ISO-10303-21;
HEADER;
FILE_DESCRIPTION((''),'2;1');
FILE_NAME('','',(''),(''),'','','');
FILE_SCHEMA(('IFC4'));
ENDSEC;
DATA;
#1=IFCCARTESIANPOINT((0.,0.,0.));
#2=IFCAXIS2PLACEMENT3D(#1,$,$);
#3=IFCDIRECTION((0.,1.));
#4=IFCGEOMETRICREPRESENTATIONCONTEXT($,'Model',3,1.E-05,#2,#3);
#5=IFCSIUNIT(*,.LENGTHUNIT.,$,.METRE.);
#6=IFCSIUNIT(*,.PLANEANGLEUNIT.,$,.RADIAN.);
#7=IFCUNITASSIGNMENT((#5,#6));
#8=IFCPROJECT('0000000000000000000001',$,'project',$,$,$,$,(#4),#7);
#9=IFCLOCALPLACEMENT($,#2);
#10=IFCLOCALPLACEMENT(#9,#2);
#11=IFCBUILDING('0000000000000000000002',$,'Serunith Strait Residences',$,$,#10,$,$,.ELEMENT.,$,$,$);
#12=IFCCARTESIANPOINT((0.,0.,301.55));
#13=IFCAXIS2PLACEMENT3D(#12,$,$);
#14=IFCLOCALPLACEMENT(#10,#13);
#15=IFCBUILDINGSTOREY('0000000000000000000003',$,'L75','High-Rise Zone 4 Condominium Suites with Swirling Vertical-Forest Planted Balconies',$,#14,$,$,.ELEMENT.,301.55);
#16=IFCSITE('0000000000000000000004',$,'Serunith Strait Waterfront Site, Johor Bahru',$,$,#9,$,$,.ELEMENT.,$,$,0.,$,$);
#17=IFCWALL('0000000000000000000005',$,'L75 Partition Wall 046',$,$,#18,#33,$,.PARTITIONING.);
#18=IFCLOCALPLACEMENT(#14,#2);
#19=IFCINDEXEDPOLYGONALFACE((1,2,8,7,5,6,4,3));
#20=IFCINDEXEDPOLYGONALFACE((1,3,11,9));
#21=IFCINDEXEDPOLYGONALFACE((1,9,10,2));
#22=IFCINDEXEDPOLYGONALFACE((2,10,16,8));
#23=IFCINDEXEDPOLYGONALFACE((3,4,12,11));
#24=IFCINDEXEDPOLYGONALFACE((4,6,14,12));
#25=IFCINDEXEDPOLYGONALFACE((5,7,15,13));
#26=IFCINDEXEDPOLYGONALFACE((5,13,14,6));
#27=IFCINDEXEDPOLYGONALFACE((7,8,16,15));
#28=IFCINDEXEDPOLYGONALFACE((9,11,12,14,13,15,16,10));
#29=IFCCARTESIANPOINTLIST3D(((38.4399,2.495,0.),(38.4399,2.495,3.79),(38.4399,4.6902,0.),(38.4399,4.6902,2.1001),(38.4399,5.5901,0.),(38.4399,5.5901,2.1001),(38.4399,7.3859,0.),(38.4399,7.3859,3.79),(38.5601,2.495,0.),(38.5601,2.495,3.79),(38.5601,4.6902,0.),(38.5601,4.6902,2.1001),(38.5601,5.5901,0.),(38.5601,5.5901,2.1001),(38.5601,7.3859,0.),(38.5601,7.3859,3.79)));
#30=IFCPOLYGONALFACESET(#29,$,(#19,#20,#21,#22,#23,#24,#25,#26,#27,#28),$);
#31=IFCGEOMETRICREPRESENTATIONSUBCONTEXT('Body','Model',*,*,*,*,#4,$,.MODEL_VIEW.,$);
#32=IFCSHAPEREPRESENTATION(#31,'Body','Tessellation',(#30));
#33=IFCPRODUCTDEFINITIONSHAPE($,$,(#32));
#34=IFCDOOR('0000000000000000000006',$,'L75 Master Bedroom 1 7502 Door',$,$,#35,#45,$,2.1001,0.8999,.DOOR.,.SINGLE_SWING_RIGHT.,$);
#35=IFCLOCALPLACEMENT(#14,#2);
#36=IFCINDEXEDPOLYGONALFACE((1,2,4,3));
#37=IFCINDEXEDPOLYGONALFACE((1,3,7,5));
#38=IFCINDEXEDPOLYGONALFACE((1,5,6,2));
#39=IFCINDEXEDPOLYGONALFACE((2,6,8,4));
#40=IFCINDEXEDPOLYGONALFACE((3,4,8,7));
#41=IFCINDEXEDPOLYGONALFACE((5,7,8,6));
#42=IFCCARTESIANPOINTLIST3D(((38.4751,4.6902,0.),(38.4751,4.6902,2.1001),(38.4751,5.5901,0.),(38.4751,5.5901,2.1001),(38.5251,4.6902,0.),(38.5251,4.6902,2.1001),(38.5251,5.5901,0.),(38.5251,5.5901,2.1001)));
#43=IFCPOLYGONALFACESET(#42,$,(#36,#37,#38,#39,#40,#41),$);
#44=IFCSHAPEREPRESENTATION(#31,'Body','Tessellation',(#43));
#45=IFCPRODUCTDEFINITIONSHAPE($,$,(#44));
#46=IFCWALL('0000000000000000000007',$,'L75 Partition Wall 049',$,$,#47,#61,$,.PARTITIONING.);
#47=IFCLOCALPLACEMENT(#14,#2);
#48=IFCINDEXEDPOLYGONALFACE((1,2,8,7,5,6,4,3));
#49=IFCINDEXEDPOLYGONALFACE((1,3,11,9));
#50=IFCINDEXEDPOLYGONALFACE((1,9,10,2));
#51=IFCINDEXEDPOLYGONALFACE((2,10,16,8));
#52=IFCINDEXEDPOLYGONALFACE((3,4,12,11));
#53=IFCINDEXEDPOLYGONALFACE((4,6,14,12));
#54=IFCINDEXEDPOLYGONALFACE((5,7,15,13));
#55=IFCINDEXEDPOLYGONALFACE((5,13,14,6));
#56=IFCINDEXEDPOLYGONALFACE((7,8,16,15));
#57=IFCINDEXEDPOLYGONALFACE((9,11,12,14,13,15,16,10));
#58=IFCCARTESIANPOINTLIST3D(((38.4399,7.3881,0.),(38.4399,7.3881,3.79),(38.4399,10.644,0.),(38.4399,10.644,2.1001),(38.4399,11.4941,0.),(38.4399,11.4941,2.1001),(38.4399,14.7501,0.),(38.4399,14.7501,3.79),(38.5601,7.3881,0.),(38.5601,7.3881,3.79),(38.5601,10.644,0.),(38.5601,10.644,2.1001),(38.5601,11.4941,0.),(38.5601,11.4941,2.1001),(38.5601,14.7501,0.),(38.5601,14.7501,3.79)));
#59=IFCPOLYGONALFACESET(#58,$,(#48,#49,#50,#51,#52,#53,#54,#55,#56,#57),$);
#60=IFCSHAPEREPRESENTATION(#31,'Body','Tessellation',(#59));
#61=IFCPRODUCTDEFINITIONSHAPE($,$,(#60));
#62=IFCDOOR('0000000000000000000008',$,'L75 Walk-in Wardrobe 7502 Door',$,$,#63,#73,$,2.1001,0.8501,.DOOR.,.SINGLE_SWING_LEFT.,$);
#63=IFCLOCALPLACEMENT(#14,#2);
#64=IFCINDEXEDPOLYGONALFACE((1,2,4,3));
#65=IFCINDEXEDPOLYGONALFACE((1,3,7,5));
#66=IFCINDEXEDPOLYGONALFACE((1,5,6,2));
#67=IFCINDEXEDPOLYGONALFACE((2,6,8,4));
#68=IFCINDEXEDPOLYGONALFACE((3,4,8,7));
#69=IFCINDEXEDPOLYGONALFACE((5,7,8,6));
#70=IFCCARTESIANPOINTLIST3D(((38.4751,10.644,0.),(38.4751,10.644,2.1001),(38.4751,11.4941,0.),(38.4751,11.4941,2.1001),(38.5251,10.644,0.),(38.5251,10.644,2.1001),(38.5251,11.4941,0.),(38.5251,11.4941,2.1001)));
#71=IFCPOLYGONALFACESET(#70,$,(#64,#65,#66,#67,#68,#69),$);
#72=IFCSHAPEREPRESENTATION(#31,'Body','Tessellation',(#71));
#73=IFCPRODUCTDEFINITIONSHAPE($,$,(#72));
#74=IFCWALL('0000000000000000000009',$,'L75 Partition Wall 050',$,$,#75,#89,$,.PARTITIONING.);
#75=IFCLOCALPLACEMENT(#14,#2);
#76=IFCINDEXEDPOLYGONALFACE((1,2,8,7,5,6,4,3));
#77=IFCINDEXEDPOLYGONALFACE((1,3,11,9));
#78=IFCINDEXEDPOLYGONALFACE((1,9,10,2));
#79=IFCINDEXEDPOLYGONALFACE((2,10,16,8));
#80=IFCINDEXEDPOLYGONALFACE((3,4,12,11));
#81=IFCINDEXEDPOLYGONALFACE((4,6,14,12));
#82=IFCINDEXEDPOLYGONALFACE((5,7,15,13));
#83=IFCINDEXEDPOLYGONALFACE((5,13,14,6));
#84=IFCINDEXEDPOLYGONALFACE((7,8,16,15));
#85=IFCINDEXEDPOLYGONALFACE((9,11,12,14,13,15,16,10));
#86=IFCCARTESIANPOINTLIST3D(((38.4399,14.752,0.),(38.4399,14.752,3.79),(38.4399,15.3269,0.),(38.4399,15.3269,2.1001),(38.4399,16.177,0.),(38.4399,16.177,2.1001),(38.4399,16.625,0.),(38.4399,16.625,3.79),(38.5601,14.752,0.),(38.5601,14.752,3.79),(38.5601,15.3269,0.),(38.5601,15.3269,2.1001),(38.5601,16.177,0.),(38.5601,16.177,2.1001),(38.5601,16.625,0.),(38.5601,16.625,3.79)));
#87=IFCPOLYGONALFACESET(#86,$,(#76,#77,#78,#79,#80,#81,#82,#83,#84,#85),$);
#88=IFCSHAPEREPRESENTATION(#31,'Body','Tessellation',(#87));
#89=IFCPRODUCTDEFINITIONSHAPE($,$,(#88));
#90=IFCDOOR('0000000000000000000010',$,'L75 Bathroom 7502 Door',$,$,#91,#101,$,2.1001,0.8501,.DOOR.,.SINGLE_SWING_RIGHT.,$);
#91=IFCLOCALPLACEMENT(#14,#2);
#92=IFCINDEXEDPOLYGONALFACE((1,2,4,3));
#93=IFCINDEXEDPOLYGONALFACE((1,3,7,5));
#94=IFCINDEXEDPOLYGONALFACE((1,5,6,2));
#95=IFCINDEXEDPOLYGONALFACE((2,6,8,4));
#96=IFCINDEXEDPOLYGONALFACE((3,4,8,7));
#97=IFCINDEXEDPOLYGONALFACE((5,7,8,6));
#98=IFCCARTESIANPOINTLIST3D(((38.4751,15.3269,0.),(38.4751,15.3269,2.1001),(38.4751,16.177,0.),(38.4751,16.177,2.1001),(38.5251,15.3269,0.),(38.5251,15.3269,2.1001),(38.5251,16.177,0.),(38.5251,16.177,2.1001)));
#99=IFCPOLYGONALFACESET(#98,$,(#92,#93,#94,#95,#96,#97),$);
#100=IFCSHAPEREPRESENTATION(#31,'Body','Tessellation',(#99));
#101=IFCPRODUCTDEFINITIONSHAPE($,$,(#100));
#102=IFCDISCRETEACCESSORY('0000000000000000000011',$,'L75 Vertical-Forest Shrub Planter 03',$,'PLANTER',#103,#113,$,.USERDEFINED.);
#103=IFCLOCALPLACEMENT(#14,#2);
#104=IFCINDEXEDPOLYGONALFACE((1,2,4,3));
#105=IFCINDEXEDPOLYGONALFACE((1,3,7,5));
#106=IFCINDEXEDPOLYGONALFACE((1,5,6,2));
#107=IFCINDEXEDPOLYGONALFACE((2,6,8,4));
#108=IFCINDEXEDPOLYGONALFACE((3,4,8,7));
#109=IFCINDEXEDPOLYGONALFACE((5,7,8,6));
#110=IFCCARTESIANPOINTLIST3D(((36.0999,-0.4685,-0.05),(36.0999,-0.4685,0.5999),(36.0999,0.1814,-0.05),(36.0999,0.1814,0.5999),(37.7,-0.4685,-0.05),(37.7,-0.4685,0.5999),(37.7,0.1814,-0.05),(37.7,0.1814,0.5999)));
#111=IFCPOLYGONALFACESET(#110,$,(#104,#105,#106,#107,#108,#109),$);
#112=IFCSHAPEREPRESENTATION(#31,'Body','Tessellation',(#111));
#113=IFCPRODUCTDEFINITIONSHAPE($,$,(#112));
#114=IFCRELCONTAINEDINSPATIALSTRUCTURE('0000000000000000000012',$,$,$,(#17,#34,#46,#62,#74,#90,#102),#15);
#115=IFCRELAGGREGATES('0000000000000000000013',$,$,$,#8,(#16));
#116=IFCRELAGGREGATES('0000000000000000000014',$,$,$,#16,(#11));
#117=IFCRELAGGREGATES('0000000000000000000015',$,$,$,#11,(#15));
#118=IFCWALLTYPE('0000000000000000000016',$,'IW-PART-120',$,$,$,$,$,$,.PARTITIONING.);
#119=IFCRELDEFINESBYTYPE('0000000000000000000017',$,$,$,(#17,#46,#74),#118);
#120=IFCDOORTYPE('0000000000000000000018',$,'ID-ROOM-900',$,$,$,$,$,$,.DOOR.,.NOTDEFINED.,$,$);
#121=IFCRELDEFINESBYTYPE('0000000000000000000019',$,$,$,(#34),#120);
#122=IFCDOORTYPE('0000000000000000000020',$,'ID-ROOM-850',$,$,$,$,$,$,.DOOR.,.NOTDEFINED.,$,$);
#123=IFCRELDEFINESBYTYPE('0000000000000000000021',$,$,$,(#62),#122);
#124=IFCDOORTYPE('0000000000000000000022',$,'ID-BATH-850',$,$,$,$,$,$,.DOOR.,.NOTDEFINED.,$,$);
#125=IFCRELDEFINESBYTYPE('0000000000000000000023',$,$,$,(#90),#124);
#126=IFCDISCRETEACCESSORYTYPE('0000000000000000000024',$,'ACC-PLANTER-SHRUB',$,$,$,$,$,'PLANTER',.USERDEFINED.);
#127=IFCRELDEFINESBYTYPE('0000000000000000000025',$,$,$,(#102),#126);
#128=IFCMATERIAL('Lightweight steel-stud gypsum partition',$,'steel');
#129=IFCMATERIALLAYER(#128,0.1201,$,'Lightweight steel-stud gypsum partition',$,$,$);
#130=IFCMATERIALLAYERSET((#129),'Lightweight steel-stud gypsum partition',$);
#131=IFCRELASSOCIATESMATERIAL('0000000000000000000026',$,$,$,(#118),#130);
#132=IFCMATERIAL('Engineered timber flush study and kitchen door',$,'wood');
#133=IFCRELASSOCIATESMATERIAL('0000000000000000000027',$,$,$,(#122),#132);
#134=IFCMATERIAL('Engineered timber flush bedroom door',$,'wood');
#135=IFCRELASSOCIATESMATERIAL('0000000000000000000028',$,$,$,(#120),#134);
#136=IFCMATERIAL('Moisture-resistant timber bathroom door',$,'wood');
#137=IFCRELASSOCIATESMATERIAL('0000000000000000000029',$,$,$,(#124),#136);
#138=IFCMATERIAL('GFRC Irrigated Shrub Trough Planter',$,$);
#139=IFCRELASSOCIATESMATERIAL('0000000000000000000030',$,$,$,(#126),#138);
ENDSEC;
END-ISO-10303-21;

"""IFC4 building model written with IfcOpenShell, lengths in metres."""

from ifc_helpers import new_model, si_unit, direction, frame, frame_2d, origin, origin_2d, place, context, subcontext, project, spatial, rectangle, extrude, source, transform, mapped, material, layer, layer_set, type_object, element, fill, save


model = new_model("IFC4")

# Units and contexts
model_context = context("Model", 3, precision=1e-05, world=origin(), true_north=direction((0.0, 1.0)))
body_context = subcontext(model_context, "Body", "Model", "MODEL_VIEW")
ifc_project = project(units=[si_unit("LENGTHUNIT", "METRE"), si_unit("PLANEANGLEUNIT", "RADIAN")], contexts=[model_context])

# Site, building, storey
site_placement = place(None, origin())
site = spatial("IfcSite", under=ifc_project, at=site_placement, Name="Serunith Strait Waterfront Site, Johor Bahru", CompositionType="ELEMENT", RefElevation=0.0)
building_placement = place(site_placement, origin())
building = spatial("IfcBuilding", under=site, at=building_placement, Name="Serunith Strait Residences", CompositionType="ELEMENT")
storey_placement = place(building_placement, frame((0.0, 0.0, 301.55)))
storey = spatial("IfcBuildingStorey", under=building, at=storey_placement, Name="L75", Description="High-Rise Zone 4 Condominium Suites with Swirling Vertical-Forest Planted Balconies", CompositionType="ELEMENT", Elevation=301.55)

# Shared definitions
ifc_material_1 = material(Name="Lightweight steel-stud gypsum partition", Category="steel")
ifc_layer_1 = layer(ifc_material_1, 0.1201, Name="Lightweight steel-stud gypsum partition")
ifc_layer_set_1 = layer_set([ifc_layer_1], Name="Lightweight steel-stud gypsum partition")
wall_type_1 = type_object("IfcWallType", Name="IW-PART-120", PredefinedType="PARTITIONING", material=ifc_layer_set_1)
ifc_material_2 = material(Name="Engineered timber flush study and kitchen door", Category="wood")
door_type_1 = type_object("IfcDoorType", Name="ID-ROOM-850", OperationType="NOTDEFINED", PredefinedType="DOOR", material=ifc_material_2)
shared_shape_1 = source(origin(), body_context, "Body", "SweptSolid", [
    extrude(rectangle(XDim=0.8501, YDim=2.1001, at=frame_2d((0.425, 1.05))), frame((0.0, 0.0249, 0.0), z_axis=(0.0, -1.0, 0.0), x_axis=(1.0, 0.0, 0.0)), (0.0, 0.0, 1.0), 0.05),
])

# Walls, openings, doors
wall_1_placement = place(storey_placement, frame((38.5, 2.4951, 0.0), z_axis=(0.0, 0.0, 1.0), x_axis=(0.0, 1.0, 0.0)))
wall_1 = element("IfcWall", 1, at=wall_1_placement, inside=storey, type_object=wall_type_1, Name="L75 Partition Wall 046", PredefinedType="PARTITIONING", context=body_context, shape_type="SweptSolid", body=[
    extrude(rectangle(XDim=4.8909, YDim=0.1201, at=frame_2d((2.4453, 0.0))), origin(), (0.0, 0.0, 1.0), 3.79),
])
opening_1_placement = place(wall_1_placement, frame((2.1951, 0.0, 0.0)))
opening_1 = element("IfcOpeningElement", 2, at=opening_1_placement, cuts=wall_1, PredefinedType="OPENING", context=body_context, shape_type="SweptSolid", body=[
    extrude(rectangle(XDim=0.8999, YDim=2.1001, at=frame_2d((0.45, 1.05))), frame((0.0, 0.0701, 0.0), z_axis=(0.0, -1.0, 0.0), x_axis=(1.0, 0.0, 0.0)), (0.0, 0.0, 1.0), 0.1401),
])
ifc_material_3 = material(Name="Engineered timber flush bedroom door", Category="wood")
door_type_2 = type_object("IfcDoorType", Name="ID-ROOM-900", OperationType="NOTDEFINED", PredefinedType="DOOR", material=ifc_material_3)
shared_shape_2 = source(origin(), body_context, "Body", "SweptSolid", [
    extrude(rectangle(XDim=0.8999, YDim=2.1001, at=frame_2d((0.45, 1.05))), frame((0.0, 0.0249, 0.0), z_axis=(0.0, -1.0, 0.0), x_axis=(1.0, 0.0, 0.0)), (0.0, 0.0, 1.0), 0.05),
])
door_1_placement = place(opening_1_placement, origin())
door_1 = element("IfcDoor", 3, at=door_1_placement, inside=storey, type_object=door_type_2, Name="L75 Master Bedroom 1 7502 Door", OperationType="SINGLE_SWING_RIGHT", OverallHeight=2.1001, OverallWidth=0.8999, PredefinedType="DOOR", context=body_context, shape_type="MappedRepresentation", body=[
    mapped(shared_shape_2, transform((0.0, 0.0, 0.0), scale=1.0)),
])
fill(opening_1, door_1)
wall_2_placement = place(storey_placement, frame((38.5, 7.3879, 0.0), z_axis=(0.0, 0.0, 1.0), x_axis=(0.0, 1.0, 0.0)))
wall_2 = element("IfcWall", 4, at=wall_2_placement, inside=storey, type_object=wall_type_1, Name="L75 Partition Wall 049", PredefinedType="PARTITIONING", context=body_context, shape_type="SweptSolid", body=[
    extrude(rectangle(XDim=7.3621, YDim=0.1201, at=frame_2d((3.6812, 0.0))), origin(), (0.0, 0.0, 1.0), 3.79),
])
opening_2_placement = place(wall_2_placement, frame((3.2561, 0.0, 0.0)))
opening_2 = element("IfcOpeningElement", 5, at=opening_2_placement, cuts=wall_2, PredefinedType="OPENING", context=body_context, shape_type="SweptSolid", body=[
    extrude(rectangle(XDim=0.8501, YDim=2.1001, at=frame_2d((0.425, 1.05))), frame((0.0, 0.0701, 0.0), z_axis=(0.0, -1.0, 0.0), x_axis=(1.0, 0.0, 0.0)), (0.0, 0.0, 1.0), 0.1401),
])
door_2_placement = place(opening_2_placement, origin())
door_2 = element("IfcDoor", 6, at=door_2_placement, inside=storey, type_object=door_type_1, Name="L75 Walk-in Wardrobe 7502 Door", OperationType="SINGLE_SWING_LEFT", OverallHeight=2.1001, OverallWidth=0.8501, PredefinedType="DOOR", context=body_context, shape_type="MappedRepresentation", body=[
    mapped(shared_shape_1, transform((0.0, 0.0, 0.0), scale=1.0)),
])
fill(opening_2, door_2)
wall_3_placement = place(storey_placement, frame((38.5, 14.752, 0.0), z_axis=(0.0, 0.0, 1.0), x_axis=(0.0, 1.0, 0.0)))
wall_3 = element("IfcWall", 7, at=wall_3_placement, inside=storey, type_object=wall_type_1, Name="L75 Partition Wall 050", PredefinedType="PARTITIONING", context=body_context, shape_type="SweptSolid", body=[
    extrude(rectangle(XDim=1.873, YDim=0.1201, at=frame_2d((0.9365, 0.0))), origin(), (0.0, 0.0, 1.0), 3.79),
])
opening_3_placement = place(wall_3_placement, frame((0.575, 0.0, 0.0)))
opening_3 = element("IfcOpeningElement", 8, at=opening_3_placement, cuts=wall_3, PredefinedType="OPENING", context=body_context, shape_type="SweptSolid", body=[
    extrude(rectangle(XDim=0.8501, YDim=2.1001, at=frame_2d((0.425, 1.05))), frame((0.0, 0.0701, 0.0), z_axis=(0.0, -1.0, 0.0), x_axis=(1.0, 0.0, 0.0)), (0.0, 0.0, 1.0), 0.1401),
])
ifc_material_4 = material(Name="Moisture-resistant timber bathroom door", Category="wood")
door_type_3 = type_object("IfcDoorType", Name="ID-BATH-850", OperationType="NOTDEFINED", PredefinedType="DOOR", material=ifc_material_4)
door_3_placement = place(opening_3_placement, origin())
door_3 = element("IfcDoor", 9, at=door_3_placement, inside=storey, type_object=door_type_3, Name="L75 Bathroom 7502 Door", OperationType="SINGLE_SWING_RIGHT", OverallHeight=2.1001, OverallWidth=0.8501, PredefinedType="DOOR", context=body_context, shape_type="MappedRepresentation", body=[
    mapped(shared_shape_1, transform((0.0, 0.0, 0.0), scale=1.0)),
])
fill(opening_3, door_3)

# Discrete accessory
ifc_material_5 = material(Name="GFRC Irrigated Shrub Trough Planter")
discrete_accessory_type = type_object("IfcDiscreteAccessoryType", Name="ACC-PLANTER-SHRUB", ElementType="PLANTER", PredefinedType="USERDEFINED", material=ifc_material_5)
shared_shape_3 = source(origin(), body_context, "Body", "SweptSolid", [
    extrude(rectangle(XDim=1.6001, YDim=0.6499, at=origin_2d()), origin(), (0.0, 0.0, 1.0), 0.6499),
])
discrete_accessory_placement = place(storey_placement, frame((36.8999, -0.1436, -0.05), z_axis=(0.0, 0.0, 1.0), x_axis=(1.0, 0.0, 0.0)))
element("IfcDiscreteAccessory", 10, at=discrete_accessory_placement, inside=storey, type_object=discrete_accessory_type, Name="L75 Vertical-Forest Shrub Planter 03", ObjectType="PLANTER", PredefinedType="USERDEFINED", context=body_context, shape_type="MappedRepresentation", body=[
    mapped(shared_shape_3, transform((0.0, 0.0, 0.0), scale=1.0)),
])

save(model, "model.ifc")
